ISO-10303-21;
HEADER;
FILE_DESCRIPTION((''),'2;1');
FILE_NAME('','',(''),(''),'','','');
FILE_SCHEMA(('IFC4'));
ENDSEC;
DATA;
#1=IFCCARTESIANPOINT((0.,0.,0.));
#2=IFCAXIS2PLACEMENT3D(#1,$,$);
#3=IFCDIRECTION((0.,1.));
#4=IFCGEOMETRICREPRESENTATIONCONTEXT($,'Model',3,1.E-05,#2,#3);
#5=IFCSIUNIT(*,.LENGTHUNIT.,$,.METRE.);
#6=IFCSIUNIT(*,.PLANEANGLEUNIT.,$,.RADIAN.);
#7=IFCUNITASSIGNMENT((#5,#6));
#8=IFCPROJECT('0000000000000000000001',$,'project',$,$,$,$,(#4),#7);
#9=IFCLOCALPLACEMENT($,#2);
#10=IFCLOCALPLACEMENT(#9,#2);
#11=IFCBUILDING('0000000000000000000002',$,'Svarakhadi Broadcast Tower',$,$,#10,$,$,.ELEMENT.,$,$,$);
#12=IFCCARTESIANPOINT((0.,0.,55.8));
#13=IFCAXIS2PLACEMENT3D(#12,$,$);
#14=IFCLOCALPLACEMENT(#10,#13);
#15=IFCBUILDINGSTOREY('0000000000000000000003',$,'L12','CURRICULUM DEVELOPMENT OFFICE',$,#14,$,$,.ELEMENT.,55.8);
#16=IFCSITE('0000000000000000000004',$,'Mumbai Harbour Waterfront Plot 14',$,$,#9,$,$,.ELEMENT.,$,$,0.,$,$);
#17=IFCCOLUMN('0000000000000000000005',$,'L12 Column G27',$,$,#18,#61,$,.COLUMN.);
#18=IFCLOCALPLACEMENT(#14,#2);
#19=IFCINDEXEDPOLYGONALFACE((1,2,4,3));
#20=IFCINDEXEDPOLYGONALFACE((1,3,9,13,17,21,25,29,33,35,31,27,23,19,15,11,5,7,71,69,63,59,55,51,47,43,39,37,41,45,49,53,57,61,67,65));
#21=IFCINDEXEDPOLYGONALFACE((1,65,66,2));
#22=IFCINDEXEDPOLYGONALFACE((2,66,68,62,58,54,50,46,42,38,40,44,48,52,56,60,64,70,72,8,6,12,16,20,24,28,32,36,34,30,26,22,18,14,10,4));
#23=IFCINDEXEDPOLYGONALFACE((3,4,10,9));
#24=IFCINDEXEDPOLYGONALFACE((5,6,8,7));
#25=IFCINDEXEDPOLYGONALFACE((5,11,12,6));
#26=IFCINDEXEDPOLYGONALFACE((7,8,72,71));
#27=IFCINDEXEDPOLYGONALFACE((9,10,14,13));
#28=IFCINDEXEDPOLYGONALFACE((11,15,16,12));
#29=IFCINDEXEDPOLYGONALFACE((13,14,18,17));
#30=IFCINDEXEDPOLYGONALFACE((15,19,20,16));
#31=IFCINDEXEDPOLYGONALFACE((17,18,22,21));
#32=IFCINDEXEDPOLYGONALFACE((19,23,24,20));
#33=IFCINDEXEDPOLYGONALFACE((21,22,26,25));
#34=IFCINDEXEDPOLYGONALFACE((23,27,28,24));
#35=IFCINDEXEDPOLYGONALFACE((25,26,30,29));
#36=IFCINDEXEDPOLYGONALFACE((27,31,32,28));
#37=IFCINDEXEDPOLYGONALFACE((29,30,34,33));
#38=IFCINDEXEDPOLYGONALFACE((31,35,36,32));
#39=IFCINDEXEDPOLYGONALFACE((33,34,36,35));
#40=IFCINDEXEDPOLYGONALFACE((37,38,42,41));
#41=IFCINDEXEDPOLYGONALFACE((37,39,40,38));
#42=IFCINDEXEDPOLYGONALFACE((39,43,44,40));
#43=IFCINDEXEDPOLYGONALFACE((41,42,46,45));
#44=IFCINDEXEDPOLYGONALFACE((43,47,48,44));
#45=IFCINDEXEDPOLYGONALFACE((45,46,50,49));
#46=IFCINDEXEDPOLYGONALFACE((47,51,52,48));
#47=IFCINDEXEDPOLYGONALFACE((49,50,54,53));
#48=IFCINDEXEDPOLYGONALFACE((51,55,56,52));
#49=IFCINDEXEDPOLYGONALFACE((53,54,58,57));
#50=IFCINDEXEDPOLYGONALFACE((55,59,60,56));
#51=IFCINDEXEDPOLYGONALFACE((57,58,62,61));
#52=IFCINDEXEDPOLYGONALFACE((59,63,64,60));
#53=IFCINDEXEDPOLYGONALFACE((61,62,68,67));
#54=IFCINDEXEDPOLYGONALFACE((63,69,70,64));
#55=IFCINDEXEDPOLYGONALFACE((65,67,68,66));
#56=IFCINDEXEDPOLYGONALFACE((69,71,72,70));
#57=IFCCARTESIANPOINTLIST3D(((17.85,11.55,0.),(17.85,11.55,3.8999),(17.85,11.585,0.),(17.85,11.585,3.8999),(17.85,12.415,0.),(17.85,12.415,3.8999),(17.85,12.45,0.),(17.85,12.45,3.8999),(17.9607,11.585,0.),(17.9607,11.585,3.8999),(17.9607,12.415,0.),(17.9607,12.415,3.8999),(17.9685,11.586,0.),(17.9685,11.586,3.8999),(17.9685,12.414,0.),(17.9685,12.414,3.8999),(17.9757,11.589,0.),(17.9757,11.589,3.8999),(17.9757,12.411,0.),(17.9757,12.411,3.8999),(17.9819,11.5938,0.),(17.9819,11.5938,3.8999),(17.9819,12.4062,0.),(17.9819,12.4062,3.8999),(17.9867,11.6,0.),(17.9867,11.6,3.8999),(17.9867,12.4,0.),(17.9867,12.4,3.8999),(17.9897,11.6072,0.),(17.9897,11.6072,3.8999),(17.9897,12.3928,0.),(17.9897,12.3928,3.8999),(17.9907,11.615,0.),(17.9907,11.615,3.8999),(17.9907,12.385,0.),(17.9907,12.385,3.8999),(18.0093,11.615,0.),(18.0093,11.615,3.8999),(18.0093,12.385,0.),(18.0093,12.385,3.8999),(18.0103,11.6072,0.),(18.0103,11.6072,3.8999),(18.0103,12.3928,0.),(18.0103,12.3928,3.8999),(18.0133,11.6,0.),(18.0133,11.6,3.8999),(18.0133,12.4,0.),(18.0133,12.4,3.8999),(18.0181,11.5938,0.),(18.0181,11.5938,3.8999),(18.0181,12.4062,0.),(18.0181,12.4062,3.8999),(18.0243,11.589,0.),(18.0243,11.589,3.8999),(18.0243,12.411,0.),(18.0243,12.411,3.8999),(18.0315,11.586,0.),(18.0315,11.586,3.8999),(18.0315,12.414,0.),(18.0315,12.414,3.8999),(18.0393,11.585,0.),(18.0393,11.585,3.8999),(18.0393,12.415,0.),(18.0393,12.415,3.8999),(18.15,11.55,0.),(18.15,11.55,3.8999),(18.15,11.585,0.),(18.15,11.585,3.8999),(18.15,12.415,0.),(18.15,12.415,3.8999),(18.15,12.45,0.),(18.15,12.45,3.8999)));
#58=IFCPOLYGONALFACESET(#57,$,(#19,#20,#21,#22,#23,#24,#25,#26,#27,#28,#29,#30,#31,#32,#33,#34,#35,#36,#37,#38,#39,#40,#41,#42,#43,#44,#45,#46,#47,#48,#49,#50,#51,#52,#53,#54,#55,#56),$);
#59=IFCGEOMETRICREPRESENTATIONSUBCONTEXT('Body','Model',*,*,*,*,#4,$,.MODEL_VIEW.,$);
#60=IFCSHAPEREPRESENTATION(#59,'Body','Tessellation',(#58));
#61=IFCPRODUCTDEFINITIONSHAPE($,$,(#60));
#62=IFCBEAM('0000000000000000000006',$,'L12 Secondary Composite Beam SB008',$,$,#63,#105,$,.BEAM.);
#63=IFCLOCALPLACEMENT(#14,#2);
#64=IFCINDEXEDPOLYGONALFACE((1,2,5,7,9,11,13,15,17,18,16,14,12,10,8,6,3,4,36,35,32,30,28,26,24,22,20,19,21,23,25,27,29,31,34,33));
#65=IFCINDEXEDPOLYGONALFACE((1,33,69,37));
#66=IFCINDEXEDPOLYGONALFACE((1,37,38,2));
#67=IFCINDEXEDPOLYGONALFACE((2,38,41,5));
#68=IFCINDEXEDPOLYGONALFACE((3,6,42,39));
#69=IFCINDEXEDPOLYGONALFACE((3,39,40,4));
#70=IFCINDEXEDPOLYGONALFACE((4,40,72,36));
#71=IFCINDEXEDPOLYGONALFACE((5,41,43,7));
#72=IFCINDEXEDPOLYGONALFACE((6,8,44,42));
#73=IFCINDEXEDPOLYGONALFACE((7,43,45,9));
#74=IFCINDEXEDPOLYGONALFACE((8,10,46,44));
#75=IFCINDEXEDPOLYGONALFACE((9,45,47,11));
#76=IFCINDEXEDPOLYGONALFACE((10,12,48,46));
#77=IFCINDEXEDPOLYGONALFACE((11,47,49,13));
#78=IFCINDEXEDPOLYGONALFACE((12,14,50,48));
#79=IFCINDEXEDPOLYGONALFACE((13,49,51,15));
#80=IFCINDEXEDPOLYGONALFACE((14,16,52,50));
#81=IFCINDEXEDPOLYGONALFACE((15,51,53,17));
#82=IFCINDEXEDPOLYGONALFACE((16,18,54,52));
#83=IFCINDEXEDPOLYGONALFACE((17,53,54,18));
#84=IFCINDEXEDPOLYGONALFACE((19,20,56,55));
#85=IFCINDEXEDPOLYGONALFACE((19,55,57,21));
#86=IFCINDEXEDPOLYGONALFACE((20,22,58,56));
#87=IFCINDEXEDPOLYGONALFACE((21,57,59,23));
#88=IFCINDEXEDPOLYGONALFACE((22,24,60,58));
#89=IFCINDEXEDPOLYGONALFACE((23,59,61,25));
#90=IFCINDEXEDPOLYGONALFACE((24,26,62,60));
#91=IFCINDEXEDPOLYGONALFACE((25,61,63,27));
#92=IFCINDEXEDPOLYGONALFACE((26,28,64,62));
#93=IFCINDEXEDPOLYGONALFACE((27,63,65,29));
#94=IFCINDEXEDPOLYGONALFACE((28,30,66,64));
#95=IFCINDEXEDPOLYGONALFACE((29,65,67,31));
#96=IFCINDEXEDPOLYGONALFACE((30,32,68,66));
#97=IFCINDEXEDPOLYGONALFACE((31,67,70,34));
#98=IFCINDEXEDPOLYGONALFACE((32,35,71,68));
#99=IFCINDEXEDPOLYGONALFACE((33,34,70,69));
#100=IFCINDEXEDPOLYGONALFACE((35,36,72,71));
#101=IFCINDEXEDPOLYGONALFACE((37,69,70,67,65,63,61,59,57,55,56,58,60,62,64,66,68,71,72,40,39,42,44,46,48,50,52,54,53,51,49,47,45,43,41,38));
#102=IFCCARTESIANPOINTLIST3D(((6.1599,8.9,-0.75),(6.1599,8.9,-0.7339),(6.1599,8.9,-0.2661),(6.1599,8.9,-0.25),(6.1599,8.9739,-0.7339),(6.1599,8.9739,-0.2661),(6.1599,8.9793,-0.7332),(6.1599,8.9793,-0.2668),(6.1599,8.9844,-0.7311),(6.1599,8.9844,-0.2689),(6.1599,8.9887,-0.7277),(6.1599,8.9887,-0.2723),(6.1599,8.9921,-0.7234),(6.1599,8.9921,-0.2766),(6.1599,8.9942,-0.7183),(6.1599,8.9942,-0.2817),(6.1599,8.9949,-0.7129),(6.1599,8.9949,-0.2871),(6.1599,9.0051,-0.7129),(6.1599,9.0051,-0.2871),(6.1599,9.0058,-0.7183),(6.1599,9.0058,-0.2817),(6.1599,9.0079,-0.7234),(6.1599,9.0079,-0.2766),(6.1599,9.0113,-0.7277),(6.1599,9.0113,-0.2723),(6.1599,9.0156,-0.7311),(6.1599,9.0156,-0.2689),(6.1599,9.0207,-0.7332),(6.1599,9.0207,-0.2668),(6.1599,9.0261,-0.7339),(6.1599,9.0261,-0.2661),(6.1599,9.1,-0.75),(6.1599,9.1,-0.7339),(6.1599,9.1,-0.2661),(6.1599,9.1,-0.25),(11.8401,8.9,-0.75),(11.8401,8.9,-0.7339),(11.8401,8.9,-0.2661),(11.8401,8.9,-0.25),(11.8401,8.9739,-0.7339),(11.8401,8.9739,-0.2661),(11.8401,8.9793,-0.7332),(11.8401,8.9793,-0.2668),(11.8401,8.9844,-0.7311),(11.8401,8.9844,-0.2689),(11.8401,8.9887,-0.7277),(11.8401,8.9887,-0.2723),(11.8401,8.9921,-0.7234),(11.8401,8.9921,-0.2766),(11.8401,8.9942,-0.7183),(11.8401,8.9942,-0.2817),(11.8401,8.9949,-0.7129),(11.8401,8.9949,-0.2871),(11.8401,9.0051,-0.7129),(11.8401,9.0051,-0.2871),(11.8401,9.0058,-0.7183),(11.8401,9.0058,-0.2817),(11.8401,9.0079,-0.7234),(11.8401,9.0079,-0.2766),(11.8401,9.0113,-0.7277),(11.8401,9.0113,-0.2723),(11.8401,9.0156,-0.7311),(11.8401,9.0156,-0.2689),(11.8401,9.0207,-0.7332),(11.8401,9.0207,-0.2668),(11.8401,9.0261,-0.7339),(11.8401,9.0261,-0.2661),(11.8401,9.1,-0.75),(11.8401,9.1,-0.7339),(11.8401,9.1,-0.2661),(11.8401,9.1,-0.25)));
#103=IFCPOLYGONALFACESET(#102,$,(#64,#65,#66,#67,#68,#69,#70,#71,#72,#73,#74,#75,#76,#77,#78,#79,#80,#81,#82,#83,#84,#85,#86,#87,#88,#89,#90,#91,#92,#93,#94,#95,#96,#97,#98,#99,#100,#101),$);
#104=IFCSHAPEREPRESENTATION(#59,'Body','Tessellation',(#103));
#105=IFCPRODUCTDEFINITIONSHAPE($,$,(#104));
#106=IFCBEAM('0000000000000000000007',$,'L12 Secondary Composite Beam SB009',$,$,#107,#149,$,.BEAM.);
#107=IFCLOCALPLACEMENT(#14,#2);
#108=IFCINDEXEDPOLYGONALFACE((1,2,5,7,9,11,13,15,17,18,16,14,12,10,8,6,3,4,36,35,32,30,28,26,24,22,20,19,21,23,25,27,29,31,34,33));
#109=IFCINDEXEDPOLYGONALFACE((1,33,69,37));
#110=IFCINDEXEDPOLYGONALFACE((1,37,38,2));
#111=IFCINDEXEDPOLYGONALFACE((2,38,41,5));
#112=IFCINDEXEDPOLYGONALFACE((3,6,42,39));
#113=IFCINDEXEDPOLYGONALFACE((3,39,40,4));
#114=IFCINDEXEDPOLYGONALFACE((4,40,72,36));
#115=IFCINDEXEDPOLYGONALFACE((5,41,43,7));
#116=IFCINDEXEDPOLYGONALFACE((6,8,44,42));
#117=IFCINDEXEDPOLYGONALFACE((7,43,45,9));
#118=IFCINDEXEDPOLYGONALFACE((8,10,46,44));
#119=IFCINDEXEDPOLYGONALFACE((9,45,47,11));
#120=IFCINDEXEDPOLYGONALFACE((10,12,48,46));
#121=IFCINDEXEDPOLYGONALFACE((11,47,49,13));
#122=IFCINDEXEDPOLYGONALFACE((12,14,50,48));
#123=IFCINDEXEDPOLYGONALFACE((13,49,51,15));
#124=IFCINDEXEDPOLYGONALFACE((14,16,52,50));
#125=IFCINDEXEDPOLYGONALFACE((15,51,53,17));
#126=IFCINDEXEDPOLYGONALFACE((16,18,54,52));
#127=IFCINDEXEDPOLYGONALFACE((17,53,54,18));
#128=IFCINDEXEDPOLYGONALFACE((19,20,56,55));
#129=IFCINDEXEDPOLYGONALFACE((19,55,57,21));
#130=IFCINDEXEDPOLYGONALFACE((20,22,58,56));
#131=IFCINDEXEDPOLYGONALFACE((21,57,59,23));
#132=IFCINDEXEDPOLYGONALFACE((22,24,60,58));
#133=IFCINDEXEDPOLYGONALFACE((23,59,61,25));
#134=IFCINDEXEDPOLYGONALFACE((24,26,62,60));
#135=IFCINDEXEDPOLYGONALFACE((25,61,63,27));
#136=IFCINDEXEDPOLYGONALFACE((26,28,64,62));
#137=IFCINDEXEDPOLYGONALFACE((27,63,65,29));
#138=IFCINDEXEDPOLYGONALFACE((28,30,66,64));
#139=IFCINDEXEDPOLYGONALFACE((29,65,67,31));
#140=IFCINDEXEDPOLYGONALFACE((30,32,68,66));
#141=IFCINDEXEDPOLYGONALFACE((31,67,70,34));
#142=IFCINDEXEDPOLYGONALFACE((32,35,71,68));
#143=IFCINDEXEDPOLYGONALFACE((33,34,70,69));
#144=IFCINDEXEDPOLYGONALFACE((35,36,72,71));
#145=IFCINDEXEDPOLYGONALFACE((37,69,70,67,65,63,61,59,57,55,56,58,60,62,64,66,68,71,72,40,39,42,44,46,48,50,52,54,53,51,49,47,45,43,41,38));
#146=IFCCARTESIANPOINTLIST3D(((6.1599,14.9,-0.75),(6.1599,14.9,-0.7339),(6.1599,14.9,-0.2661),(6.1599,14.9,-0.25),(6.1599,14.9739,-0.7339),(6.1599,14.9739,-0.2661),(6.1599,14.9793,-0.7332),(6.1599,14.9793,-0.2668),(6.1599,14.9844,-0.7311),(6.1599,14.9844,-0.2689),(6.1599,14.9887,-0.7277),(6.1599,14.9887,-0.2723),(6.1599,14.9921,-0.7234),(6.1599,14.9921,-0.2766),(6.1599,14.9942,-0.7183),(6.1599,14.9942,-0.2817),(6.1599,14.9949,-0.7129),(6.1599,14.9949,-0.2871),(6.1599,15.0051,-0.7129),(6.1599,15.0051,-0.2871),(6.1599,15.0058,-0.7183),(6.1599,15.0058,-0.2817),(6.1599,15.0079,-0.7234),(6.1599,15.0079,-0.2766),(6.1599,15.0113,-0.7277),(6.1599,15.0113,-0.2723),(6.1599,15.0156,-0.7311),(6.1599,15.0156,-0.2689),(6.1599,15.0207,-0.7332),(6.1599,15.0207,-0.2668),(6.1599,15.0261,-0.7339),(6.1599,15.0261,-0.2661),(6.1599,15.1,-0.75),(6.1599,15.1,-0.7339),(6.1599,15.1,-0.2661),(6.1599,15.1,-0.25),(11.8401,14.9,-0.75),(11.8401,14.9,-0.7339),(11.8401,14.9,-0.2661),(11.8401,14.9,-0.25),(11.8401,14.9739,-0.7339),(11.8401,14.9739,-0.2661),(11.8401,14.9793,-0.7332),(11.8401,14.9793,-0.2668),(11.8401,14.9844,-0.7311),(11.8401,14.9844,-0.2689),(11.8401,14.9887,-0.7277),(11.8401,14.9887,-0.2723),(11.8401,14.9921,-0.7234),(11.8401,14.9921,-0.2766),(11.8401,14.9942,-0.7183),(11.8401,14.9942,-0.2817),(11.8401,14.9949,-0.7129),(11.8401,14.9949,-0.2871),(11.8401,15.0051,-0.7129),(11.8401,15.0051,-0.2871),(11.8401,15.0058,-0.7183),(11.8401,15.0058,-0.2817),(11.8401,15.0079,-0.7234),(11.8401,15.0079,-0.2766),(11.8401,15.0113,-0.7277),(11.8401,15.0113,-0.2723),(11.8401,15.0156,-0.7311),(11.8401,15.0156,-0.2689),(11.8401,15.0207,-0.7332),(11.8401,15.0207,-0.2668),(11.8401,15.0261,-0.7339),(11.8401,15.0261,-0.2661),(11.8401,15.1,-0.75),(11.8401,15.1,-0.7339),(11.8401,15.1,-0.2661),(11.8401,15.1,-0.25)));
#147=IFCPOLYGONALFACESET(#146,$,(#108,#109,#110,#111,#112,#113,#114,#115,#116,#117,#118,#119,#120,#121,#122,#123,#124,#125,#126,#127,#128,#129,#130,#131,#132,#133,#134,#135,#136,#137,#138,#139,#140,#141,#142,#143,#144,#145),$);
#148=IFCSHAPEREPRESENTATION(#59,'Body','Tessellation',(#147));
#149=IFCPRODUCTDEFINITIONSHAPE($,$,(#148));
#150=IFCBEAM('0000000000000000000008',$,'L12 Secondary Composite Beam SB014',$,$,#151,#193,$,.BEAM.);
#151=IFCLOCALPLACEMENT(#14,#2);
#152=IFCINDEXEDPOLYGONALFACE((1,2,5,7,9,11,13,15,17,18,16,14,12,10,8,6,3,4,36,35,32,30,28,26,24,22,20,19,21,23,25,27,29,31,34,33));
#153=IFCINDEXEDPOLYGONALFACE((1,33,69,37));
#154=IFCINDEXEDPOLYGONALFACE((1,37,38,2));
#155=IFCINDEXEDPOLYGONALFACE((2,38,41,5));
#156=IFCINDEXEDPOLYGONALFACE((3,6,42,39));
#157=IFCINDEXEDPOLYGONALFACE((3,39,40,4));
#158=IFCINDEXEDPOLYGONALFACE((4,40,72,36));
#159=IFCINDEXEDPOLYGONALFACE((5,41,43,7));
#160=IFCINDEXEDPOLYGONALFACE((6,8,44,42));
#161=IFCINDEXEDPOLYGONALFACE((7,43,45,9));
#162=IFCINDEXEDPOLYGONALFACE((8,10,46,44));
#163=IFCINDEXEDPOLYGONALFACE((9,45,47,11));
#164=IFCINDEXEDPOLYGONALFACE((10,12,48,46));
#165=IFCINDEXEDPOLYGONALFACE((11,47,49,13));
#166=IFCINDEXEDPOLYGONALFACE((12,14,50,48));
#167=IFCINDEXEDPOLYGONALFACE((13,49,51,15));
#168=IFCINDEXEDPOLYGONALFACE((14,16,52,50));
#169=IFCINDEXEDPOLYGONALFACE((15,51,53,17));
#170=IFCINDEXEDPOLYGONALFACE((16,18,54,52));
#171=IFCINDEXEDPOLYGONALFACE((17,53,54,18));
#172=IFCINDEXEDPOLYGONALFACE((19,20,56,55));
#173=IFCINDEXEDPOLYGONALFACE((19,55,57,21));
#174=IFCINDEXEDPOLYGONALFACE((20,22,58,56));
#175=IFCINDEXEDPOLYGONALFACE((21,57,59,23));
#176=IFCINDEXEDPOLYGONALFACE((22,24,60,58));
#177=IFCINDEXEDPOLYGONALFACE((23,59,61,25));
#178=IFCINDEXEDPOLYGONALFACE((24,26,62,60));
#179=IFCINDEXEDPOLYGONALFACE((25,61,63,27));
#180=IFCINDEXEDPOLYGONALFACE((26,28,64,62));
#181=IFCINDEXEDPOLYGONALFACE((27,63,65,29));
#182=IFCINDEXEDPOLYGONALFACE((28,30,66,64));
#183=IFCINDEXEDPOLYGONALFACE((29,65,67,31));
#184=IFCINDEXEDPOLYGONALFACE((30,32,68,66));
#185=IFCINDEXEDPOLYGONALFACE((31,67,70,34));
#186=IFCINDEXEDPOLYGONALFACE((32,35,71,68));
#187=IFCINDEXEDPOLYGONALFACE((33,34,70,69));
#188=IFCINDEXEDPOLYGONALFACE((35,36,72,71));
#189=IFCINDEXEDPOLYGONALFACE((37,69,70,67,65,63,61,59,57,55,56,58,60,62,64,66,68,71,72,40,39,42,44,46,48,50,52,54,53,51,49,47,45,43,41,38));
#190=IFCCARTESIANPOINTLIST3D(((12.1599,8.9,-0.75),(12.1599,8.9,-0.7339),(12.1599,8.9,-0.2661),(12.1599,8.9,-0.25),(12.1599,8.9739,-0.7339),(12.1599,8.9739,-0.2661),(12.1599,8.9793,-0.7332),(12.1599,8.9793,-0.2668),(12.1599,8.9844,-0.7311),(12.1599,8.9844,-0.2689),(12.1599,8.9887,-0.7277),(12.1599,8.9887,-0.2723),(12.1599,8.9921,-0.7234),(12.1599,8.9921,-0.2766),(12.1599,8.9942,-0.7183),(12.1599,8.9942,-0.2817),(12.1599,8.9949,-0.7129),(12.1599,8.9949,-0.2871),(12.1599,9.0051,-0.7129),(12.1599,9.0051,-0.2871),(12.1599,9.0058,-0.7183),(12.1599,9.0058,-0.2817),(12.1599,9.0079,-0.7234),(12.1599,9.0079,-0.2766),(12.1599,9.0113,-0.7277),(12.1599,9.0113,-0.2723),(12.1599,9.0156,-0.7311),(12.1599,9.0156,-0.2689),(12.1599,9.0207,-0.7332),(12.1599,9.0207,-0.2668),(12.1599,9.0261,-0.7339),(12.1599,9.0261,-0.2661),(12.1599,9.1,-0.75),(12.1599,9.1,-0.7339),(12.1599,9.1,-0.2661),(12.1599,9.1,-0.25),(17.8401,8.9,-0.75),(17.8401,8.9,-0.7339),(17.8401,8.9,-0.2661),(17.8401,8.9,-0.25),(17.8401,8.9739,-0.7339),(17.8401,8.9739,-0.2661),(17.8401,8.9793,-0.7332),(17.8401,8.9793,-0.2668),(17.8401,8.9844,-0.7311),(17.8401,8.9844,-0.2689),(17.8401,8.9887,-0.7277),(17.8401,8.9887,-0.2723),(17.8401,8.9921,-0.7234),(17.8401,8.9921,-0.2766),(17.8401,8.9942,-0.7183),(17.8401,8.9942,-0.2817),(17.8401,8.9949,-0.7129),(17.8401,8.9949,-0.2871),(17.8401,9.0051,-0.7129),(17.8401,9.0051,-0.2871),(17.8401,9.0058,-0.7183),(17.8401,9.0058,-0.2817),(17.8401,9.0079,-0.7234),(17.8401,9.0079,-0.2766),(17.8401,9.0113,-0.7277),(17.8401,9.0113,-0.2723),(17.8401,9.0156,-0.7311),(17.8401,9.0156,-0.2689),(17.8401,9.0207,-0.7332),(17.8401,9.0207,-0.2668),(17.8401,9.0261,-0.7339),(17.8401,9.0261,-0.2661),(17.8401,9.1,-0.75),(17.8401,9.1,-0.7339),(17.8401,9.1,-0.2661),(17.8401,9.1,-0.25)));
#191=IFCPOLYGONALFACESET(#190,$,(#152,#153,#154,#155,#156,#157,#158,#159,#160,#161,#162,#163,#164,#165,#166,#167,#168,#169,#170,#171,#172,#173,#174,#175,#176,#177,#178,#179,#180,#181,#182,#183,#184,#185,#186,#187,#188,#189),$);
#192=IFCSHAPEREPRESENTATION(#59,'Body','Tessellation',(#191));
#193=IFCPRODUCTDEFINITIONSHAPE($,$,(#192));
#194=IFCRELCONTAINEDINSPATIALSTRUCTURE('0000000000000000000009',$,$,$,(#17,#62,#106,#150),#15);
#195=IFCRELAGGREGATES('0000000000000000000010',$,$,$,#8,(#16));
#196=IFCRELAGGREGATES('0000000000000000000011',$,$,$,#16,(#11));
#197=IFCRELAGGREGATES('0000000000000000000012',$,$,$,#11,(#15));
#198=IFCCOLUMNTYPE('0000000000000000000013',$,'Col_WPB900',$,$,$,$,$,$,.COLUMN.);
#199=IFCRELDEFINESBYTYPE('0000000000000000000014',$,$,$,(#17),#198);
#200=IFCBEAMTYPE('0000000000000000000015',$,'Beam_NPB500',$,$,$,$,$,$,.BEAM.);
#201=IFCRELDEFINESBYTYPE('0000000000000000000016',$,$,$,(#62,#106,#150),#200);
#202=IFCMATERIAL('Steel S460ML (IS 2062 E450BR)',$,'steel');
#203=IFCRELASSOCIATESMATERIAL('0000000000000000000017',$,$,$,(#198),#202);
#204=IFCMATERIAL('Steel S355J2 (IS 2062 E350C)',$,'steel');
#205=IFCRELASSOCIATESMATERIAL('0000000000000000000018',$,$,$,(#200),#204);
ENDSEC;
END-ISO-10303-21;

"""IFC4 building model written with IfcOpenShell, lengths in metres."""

from ifc_helpers import new_model, si_unit, direction, frame, origin, origin_2d, place, context, subcontext, project, spatial, i_section, extrude, material, material_profile, profile_set, type_object, element, save


model = new_model("IFC4")

# Units and contexts
model_context = context("Model", 3, precision=1e-05, world=origin(), true_north=direction((0.0, 1.0)))
body_context = subcontext(model_context, "Body", "Model", "MODEL_VIEW")
ifc_project = project(units=[si_unit("LENGTHUNIT", "METRE"), si_unit("PLANEANGLEUNIT", "RADIAN")], contexts=[model_context])

# Site, building, storey
site_placement = place(None, origin())
site = spatial("IfcSite", under=ifc_project, at=site_placement, Name="Mumbai Harbour Waterfront Plot 14", CompositionType="ELEMENT", RefElevation=0.0)
building_placement = place(site_placement, origin())
building = spatial("IfcBuilding", under=site, at=building_placement, Name="Svarakhadi Broadcast Tower", CompositionType="ELEMENT")
storey_placement = place(building_placement, frame((0.0, 0.0, 55.8)))
storey = spatial("IfcBuildingStorey", under=building, at=storey_placement, Name="L12", Description="CURRICULUM DEVELOPMENT OFFICE", CompositionType="ELEMENT", Elevation=55.8)

# Column
ifc_material_1 = material(Name="Steel S460ML (IS 2062 E450BR)", Category="steel")
ifc_material_profile_1 = material_profile(ifc_material_1, i_section(OverallWidth=0.3, OverallDepth=0.8999, WebThickness=0.0186, FlangeThickness=0.0349, FilletRadius=0.03, at=origin_2d()), Name="WPB 900x300x291")
ifc_profile_set_1 = profile_set([ifc_material_profile_1], Name="Steel S460ML (IS 2062 E450BR)")
column_type_1 = type_object("IfcColumnType", Name="Col_WPB900", PredefinedType="COLUMN", material=ifc_profile_set_1)
column_1_placement = place(storey_placement, frame((18.0, 12.0, 0.0), z_axis=(0.0, 0.0, 1.0), x_axis=(1.0, 0.0, 0.0)))
element("IfcColumn", 1, at=column_1_placement, inside=storey, type_object=column_type_1, Name="L12 Column G27", PredefinedType="COLUMN", context=body_context, shape_type="SweptSolid", body=[
    extrude(i_section(OverallWidth=0.3, OverallDepth=0.8999, WebThickness=0.0186, FlangeThickness=0.0349, FilletRadius=0.03, at=origin_2d()), origin(), (0.0, 0.0, 1.0), 3.8999),
])

# Beams
ifc_material_2 = material(Name="Steel S355J2 (IS 2062 E350C)", Category="steel")
ifc_material_profile_2 = material_profile(ifc_material_2, i_section(OverallWidth=0.2, OverallDepth=0.5, WebThickness=0.0103, FlangeThickness=0.0161, FilletRadius=0.021, at=origin_2d()), Name="NPB 500x200x91")
ifc_profile_set_2 = profile_set([ifc_material_profile_2], Name="Steel S355J2 (IS 2062 E350C)")
beam_type_1 = type_object("IfcBeamType", Name="Beam_NPB500", PredefinedType="BEAM", material=ifc_profile_set_2)
for number, where, z_axis, x_axis, name in (
    (2, (6.1599, 9.0, -0.5), (1.0, 0.0, 0.0), (0.0, 1.0, 0.0), "L12 Secondary Composite Beam SB008"),
    (3, (6.1599, 15.0, -0.5), (1.0, 0.0, 0.0), (0.0, 1.0, 0.0), "L12 Secondary Composite Beam SB009"),
    (4, (12.1599, 9.0, -0.5), (1.0, 0.0, 0.0), (0.0, 1.0, 0.0), "L12 Secondary Composite Beam SB014"),
):
    element("IfcBeam", number, at=place(storey_placement, frame(where, z_axis=z_axis, x_axis=x_axis)), inside=storey, type_object=beam_type_1, Name=name, PredefinedType="BEAM", context=body_context, shape_type="SweptSolid", body=[
        extrude(i_section(OverallWidth=0.2, OverallDepth=0.5, WebThickness=0.0103, FlangeThickness=0.0161, FilletRadius=0.021, at=origin_2d()), origin(), (0.0, 0.0, 1.0), 5.6802),
    ])

save(model, "model.ifc")
